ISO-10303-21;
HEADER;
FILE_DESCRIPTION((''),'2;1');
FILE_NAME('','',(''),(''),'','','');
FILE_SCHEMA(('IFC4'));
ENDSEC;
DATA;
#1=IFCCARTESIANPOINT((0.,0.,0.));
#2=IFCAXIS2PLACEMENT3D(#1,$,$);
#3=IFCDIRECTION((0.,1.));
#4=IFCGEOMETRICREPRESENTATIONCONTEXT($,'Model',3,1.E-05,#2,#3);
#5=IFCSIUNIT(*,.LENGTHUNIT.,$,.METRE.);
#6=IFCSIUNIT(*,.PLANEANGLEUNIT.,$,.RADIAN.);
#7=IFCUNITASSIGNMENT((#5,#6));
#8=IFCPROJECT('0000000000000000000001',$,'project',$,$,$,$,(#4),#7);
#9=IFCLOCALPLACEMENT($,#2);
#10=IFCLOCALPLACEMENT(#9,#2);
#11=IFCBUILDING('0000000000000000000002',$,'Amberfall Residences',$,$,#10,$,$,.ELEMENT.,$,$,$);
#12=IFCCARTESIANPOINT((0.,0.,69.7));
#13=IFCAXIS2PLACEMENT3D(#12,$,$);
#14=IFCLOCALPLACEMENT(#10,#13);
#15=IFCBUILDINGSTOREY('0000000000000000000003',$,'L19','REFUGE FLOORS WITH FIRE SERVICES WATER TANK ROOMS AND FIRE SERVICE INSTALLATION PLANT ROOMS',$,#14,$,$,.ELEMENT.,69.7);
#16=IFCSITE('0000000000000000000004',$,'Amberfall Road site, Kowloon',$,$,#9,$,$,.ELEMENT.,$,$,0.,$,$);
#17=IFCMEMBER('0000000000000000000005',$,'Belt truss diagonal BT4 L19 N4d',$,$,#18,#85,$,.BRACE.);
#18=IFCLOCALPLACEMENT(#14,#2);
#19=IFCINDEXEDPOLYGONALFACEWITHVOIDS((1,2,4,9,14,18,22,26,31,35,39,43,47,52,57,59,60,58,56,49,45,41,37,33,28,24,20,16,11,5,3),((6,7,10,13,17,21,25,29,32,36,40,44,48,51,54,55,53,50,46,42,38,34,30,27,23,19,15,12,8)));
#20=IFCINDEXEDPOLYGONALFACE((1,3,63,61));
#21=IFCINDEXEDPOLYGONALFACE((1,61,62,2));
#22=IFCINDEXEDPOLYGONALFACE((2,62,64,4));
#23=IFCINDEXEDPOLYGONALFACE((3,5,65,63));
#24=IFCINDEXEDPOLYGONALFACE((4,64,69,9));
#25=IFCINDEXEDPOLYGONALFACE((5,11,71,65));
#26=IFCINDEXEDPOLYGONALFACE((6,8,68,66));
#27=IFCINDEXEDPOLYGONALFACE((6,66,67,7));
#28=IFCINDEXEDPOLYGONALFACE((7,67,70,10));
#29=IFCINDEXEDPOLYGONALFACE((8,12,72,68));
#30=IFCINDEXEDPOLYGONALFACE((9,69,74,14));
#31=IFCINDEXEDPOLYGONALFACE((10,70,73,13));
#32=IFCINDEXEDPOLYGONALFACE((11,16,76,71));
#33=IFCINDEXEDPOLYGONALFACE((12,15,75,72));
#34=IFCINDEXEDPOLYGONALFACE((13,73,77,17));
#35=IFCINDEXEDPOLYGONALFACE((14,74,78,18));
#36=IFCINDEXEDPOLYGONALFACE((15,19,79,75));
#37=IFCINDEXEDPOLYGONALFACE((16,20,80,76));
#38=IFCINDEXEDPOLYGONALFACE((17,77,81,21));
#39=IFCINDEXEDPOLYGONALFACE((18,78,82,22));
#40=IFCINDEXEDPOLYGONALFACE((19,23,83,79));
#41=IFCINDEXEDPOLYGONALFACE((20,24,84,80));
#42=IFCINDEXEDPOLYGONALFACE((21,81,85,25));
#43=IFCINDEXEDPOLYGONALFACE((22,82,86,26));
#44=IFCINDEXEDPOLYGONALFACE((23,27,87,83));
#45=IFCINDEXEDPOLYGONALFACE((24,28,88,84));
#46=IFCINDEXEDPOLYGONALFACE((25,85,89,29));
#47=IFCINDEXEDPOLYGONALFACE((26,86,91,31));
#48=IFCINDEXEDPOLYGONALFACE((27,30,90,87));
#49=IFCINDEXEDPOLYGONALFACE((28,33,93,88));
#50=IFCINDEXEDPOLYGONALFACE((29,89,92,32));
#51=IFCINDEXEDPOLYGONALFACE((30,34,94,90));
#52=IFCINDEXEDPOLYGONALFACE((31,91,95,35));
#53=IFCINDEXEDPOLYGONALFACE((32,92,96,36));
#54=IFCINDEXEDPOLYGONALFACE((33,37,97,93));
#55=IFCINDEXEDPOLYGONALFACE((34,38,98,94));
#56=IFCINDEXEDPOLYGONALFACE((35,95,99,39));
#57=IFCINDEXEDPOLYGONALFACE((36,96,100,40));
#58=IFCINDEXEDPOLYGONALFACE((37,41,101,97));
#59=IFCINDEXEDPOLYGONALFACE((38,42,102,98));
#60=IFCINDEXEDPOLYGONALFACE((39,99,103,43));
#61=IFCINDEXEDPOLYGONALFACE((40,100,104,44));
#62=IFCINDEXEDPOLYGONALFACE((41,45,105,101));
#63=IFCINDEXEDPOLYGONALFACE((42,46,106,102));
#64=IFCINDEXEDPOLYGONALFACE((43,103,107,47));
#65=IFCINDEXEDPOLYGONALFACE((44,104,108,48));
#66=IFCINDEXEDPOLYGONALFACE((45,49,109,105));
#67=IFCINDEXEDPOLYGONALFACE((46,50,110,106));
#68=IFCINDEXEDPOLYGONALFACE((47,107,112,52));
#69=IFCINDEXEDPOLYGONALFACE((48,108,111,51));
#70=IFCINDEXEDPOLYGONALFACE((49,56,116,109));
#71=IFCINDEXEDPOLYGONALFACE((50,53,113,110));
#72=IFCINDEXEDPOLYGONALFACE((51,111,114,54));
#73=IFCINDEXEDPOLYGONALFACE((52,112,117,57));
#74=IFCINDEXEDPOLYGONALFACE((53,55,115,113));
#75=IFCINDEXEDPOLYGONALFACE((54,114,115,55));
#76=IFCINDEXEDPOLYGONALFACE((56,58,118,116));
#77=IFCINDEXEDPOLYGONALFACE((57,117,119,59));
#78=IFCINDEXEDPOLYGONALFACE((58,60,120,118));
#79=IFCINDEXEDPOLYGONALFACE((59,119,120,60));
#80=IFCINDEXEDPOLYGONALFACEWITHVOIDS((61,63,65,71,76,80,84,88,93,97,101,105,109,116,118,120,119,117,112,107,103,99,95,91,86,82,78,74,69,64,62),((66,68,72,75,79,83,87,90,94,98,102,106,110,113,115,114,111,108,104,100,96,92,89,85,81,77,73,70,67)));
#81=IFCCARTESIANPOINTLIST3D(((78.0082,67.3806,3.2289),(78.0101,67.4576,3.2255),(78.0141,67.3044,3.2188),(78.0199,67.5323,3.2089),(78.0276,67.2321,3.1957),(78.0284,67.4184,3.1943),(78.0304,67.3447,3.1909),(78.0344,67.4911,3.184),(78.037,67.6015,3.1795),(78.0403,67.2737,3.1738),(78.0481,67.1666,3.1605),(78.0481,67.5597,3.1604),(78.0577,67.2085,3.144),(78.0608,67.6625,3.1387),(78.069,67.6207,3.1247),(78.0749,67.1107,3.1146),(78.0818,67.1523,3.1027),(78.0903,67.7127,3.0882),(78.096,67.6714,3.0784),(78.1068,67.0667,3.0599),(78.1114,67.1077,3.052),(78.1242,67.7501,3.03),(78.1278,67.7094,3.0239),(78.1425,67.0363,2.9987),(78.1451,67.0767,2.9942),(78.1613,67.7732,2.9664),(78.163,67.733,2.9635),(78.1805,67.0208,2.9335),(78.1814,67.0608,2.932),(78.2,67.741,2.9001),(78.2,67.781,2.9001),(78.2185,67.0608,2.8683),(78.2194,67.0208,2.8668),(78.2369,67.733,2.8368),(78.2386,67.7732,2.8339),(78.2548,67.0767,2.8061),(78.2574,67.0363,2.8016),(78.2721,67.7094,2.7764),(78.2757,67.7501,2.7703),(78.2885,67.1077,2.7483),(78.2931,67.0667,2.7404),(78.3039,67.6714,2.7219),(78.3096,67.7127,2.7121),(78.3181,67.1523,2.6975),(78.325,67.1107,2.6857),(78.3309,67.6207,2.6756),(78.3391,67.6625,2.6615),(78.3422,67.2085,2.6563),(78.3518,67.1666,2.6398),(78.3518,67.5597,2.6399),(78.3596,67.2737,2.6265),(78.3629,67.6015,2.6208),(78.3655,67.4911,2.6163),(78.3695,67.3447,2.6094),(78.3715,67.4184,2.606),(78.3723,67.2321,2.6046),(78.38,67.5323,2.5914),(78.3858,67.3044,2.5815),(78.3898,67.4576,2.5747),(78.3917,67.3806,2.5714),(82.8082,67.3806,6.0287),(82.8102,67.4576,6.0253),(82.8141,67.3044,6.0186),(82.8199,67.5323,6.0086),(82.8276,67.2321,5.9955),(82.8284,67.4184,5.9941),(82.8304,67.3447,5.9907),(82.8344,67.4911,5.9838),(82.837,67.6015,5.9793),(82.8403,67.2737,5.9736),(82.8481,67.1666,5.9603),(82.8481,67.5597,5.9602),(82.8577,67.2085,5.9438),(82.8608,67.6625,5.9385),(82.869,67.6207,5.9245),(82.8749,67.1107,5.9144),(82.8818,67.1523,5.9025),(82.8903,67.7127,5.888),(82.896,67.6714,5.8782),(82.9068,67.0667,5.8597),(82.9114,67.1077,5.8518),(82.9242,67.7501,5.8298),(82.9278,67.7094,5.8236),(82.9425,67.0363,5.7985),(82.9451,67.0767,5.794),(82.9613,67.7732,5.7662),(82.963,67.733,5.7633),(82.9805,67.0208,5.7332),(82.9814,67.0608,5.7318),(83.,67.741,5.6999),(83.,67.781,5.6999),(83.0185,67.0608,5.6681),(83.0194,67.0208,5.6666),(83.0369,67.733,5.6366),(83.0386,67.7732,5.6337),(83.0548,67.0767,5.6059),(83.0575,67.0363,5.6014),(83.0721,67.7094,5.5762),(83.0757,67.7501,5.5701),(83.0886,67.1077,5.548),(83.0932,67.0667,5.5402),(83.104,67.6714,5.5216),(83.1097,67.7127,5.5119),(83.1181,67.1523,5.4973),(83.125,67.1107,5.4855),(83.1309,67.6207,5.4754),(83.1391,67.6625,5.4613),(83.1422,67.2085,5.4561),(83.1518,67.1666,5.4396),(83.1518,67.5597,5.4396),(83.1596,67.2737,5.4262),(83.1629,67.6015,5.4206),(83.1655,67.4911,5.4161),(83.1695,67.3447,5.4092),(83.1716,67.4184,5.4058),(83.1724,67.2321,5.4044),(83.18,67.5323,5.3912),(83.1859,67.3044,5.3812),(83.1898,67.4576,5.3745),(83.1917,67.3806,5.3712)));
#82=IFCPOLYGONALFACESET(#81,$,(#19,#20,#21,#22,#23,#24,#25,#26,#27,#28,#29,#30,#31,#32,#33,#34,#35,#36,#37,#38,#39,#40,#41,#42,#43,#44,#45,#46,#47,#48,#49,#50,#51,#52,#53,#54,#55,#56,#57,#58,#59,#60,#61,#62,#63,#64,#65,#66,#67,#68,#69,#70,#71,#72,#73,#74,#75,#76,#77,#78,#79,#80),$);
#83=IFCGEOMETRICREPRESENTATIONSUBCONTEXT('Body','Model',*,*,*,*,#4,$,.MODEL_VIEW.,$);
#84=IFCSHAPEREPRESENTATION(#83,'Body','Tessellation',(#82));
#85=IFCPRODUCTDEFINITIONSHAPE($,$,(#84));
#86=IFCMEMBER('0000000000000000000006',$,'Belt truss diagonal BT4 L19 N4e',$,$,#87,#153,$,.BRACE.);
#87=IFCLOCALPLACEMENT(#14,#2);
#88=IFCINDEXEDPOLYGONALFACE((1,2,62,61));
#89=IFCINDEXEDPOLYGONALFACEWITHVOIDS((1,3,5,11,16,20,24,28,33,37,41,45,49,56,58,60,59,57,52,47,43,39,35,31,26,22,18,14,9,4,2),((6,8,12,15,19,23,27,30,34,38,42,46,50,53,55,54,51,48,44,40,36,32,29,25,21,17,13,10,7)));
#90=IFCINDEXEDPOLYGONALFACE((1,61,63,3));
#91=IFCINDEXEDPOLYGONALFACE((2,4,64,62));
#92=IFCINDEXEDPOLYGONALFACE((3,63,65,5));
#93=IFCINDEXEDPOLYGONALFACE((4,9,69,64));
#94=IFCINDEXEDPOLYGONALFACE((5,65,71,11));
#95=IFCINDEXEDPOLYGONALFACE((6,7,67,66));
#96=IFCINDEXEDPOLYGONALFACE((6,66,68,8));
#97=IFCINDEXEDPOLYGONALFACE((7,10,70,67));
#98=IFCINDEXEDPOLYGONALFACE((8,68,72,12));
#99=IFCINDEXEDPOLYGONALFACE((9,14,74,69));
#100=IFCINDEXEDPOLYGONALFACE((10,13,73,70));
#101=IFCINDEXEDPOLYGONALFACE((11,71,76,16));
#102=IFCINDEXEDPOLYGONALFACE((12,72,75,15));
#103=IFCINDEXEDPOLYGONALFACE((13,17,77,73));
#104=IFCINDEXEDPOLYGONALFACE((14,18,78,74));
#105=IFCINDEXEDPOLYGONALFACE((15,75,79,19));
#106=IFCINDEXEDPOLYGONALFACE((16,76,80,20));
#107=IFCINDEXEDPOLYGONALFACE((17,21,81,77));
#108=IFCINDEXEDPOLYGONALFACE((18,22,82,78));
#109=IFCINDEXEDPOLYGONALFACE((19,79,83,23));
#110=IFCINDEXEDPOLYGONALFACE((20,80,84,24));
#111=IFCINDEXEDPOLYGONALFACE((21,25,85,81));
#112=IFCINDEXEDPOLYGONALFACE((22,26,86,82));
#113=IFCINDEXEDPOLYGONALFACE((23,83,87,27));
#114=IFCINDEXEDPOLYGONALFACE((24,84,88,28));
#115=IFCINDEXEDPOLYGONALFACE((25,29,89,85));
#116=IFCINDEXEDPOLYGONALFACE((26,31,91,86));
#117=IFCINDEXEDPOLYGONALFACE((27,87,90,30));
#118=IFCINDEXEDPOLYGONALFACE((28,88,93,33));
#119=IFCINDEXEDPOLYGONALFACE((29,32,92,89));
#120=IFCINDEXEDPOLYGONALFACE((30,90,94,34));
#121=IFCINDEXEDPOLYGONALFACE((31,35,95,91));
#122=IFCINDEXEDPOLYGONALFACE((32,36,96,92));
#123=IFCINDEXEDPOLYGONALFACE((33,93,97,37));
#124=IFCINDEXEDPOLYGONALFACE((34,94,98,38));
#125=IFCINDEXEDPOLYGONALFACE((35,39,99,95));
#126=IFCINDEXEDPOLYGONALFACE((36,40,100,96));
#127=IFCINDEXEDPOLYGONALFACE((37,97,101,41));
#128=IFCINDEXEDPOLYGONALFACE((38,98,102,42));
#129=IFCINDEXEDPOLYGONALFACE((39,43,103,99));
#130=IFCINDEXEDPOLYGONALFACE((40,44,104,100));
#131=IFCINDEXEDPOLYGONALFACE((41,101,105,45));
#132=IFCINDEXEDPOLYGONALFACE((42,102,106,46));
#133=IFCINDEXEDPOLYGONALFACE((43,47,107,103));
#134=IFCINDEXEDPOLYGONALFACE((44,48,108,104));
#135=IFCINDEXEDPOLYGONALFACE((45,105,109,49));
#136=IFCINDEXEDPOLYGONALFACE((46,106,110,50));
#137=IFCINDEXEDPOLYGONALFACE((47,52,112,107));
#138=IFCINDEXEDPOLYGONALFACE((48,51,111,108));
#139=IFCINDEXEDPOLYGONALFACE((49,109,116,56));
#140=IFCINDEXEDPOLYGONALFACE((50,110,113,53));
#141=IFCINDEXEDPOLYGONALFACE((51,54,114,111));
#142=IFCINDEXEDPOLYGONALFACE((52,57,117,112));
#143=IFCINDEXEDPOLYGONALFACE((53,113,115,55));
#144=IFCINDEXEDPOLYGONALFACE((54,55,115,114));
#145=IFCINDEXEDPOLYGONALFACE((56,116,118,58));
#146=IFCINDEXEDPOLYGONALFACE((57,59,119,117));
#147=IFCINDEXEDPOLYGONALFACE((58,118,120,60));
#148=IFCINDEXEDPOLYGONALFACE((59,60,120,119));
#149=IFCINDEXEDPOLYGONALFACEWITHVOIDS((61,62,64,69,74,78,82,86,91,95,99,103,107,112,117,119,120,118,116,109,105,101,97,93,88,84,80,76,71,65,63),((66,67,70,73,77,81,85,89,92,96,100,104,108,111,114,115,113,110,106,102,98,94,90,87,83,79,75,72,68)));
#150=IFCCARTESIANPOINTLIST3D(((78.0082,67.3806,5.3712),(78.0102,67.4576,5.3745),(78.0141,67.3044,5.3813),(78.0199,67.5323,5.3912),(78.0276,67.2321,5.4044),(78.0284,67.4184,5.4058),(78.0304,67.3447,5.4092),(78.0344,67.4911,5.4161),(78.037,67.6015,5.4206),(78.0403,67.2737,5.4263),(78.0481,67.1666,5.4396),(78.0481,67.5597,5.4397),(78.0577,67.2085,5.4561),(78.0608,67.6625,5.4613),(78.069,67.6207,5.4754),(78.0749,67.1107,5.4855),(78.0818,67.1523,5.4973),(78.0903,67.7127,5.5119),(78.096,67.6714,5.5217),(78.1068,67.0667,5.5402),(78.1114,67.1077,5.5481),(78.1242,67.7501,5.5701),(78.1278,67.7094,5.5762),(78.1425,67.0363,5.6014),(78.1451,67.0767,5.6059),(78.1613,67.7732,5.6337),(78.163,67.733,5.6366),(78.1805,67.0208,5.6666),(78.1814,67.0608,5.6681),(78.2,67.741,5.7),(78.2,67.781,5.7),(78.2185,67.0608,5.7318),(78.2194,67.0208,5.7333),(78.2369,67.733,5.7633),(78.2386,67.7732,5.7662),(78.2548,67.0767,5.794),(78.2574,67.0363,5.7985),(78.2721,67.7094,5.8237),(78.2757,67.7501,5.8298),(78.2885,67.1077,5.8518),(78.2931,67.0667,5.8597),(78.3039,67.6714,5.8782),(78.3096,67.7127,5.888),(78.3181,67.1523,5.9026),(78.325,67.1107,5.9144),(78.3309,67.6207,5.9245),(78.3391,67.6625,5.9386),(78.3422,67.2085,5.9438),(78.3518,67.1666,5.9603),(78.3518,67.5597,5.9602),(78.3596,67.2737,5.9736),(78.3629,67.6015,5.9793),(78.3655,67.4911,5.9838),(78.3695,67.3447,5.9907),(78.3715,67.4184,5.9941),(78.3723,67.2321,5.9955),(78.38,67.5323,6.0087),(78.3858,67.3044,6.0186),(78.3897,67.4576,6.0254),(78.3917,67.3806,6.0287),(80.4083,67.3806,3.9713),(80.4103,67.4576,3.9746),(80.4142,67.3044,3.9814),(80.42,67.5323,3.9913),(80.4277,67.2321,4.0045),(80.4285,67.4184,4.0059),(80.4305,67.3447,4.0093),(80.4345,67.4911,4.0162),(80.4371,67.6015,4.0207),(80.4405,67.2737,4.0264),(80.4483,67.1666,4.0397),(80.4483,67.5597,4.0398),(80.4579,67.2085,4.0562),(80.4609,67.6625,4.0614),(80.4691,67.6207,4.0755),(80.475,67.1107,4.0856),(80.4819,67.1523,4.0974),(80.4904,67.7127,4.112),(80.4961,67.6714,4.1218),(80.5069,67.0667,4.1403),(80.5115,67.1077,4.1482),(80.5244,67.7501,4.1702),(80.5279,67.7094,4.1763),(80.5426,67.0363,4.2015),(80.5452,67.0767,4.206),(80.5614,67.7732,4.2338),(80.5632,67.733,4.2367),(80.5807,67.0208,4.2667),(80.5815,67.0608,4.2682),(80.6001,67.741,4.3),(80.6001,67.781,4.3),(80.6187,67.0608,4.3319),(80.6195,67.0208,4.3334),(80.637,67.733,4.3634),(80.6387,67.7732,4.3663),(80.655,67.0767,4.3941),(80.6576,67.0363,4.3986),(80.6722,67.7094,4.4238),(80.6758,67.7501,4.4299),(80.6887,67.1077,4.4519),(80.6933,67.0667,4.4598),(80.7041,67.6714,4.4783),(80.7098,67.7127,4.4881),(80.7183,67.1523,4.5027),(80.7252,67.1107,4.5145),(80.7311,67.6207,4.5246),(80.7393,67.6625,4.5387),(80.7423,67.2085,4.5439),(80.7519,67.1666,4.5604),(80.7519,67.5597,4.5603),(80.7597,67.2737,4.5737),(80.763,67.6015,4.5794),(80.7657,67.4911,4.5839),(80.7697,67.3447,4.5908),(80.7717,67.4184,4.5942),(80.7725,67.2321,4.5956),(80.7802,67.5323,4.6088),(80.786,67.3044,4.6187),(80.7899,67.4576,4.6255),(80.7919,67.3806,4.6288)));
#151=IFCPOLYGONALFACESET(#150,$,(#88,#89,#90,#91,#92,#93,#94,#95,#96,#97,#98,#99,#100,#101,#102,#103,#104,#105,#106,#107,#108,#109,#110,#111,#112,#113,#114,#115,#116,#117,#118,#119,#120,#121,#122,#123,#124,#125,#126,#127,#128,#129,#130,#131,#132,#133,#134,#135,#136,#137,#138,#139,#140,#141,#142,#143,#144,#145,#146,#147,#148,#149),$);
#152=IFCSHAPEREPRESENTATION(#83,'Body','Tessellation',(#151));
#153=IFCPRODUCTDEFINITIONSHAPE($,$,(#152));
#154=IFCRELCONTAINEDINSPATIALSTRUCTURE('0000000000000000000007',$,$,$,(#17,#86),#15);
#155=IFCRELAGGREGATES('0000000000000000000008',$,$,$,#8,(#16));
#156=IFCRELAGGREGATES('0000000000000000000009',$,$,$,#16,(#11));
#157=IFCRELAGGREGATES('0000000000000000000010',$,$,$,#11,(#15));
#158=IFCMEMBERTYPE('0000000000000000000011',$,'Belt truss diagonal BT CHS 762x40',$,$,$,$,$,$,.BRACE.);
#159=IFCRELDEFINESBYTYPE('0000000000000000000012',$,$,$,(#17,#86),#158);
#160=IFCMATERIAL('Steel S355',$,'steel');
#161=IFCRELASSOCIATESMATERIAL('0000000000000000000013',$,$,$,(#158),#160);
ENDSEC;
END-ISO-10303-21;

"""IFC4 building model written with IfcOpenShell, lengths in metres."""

from ifc_helpers import new_model, si_unit, direction, frame, origin, origin_2d, place, context, subcontext, project, spatial, hollow_circle, extrude, material, material_profile, profile_set, type_object, element, save


model = new_model("IFC4")

# Units and contexts
model_context = context("Model", 3, precision=1e-05, world=origin(), true_north=direction((0.0, 1.0)))
body_context = subcontext(model_context, "Body", "Model", "MODEL_VIEW")
ifc_project = project(units=[si_unit("LENGTHUNIT", "METRE"), si_unit("PLANEANGLEUNIT", "RADIAN")], contexts=[model_context])

# Site, building, storey
site_placement = place(None, origin())
site = spatial("IfcSite", under=ifc_project, at=site_placement, Name="Amberfall Road site, Kowloon", CompositionType="ELEMENT", RefElevation=0.0)
building_placement = place(site_placement, origin())
building = spatial("IfcBuilding", under=site, at=building_placement, Name="Amberfall Residences", CompositionType="ELEMENT")
storey_placement = place(building_placement, frame((0.0, 0.0, 69.7)))
storey = spatial("IfcBuildingStorey", under=building, at=storey_placement, Name="L19", Description="REFUGE FLOORS WITH FIRE SERVICES WATER TANK ROOMS AND FIRE SERVICE INSTALLATION PLANT ROOMS", CompositionType="ELEMENT", Elevation=69.7)

# Shared definitions
ifc_material_1 = material(Name="Steel S355", Category="steel")

# Members
ifc_material_profile_1 = material_profile(ifc_material_1, hollow_circle(Radius=0.3811, WallThickness=0.04, at=origin_2d()), Name="CHS 762x40")
ifc_profile_set_1 = profile_set([ifc_material_profile_1], Name="Steel S355")
member_type = type_object("IfcMemberType", Name="Belt truss diagonal BT CHS 762x40", PredefinedType="BRACE", material=ifc_profile_set_1)
member_1_placement = place(storey_placement, frame((78.2, 67.3999, 2.9001), z_axis=(0.863796, 0.0, 0.503841), x_axis=(0.0, 1.0, 0.0)))
element("IfcMember", 1, at=member_1_placement, inside=storey, type_object=member_type, Name="Belt truss diagonal BT4 L19 N4d", PredefinedType="BRACE", context=body_context, shape_type="SweptSolid", body=[
    extrude(hollow_circle(Radius=0.3811, WallThickness=0.04, at=origin_2d()), origin(), (0.0, 0.0, 1.0), 5.5569),
])
member_2_placement = place(storey_placement, frame((78.2, 67.3999, 5.7), z_axis=(0.863808, 0.0, -0.503822), x_axis=(0.0, 1.0, 0.0)))
element("IfcMember", 2, at=member_2_placement, inside=storey, type_object=member_type, Name="Belt truss diagonal BT4 L19 N4e", PredefinedType="BRACE", context=body_context, shape_type="SweptSolid", body=[
    extrude(hollow_circle(Radius=0.3811, WallThickness=0.04, at=origin_2d()), origin(), (0.0, 0.0, 1.0), 2.7786),
])

save(model, "model.ifc")
